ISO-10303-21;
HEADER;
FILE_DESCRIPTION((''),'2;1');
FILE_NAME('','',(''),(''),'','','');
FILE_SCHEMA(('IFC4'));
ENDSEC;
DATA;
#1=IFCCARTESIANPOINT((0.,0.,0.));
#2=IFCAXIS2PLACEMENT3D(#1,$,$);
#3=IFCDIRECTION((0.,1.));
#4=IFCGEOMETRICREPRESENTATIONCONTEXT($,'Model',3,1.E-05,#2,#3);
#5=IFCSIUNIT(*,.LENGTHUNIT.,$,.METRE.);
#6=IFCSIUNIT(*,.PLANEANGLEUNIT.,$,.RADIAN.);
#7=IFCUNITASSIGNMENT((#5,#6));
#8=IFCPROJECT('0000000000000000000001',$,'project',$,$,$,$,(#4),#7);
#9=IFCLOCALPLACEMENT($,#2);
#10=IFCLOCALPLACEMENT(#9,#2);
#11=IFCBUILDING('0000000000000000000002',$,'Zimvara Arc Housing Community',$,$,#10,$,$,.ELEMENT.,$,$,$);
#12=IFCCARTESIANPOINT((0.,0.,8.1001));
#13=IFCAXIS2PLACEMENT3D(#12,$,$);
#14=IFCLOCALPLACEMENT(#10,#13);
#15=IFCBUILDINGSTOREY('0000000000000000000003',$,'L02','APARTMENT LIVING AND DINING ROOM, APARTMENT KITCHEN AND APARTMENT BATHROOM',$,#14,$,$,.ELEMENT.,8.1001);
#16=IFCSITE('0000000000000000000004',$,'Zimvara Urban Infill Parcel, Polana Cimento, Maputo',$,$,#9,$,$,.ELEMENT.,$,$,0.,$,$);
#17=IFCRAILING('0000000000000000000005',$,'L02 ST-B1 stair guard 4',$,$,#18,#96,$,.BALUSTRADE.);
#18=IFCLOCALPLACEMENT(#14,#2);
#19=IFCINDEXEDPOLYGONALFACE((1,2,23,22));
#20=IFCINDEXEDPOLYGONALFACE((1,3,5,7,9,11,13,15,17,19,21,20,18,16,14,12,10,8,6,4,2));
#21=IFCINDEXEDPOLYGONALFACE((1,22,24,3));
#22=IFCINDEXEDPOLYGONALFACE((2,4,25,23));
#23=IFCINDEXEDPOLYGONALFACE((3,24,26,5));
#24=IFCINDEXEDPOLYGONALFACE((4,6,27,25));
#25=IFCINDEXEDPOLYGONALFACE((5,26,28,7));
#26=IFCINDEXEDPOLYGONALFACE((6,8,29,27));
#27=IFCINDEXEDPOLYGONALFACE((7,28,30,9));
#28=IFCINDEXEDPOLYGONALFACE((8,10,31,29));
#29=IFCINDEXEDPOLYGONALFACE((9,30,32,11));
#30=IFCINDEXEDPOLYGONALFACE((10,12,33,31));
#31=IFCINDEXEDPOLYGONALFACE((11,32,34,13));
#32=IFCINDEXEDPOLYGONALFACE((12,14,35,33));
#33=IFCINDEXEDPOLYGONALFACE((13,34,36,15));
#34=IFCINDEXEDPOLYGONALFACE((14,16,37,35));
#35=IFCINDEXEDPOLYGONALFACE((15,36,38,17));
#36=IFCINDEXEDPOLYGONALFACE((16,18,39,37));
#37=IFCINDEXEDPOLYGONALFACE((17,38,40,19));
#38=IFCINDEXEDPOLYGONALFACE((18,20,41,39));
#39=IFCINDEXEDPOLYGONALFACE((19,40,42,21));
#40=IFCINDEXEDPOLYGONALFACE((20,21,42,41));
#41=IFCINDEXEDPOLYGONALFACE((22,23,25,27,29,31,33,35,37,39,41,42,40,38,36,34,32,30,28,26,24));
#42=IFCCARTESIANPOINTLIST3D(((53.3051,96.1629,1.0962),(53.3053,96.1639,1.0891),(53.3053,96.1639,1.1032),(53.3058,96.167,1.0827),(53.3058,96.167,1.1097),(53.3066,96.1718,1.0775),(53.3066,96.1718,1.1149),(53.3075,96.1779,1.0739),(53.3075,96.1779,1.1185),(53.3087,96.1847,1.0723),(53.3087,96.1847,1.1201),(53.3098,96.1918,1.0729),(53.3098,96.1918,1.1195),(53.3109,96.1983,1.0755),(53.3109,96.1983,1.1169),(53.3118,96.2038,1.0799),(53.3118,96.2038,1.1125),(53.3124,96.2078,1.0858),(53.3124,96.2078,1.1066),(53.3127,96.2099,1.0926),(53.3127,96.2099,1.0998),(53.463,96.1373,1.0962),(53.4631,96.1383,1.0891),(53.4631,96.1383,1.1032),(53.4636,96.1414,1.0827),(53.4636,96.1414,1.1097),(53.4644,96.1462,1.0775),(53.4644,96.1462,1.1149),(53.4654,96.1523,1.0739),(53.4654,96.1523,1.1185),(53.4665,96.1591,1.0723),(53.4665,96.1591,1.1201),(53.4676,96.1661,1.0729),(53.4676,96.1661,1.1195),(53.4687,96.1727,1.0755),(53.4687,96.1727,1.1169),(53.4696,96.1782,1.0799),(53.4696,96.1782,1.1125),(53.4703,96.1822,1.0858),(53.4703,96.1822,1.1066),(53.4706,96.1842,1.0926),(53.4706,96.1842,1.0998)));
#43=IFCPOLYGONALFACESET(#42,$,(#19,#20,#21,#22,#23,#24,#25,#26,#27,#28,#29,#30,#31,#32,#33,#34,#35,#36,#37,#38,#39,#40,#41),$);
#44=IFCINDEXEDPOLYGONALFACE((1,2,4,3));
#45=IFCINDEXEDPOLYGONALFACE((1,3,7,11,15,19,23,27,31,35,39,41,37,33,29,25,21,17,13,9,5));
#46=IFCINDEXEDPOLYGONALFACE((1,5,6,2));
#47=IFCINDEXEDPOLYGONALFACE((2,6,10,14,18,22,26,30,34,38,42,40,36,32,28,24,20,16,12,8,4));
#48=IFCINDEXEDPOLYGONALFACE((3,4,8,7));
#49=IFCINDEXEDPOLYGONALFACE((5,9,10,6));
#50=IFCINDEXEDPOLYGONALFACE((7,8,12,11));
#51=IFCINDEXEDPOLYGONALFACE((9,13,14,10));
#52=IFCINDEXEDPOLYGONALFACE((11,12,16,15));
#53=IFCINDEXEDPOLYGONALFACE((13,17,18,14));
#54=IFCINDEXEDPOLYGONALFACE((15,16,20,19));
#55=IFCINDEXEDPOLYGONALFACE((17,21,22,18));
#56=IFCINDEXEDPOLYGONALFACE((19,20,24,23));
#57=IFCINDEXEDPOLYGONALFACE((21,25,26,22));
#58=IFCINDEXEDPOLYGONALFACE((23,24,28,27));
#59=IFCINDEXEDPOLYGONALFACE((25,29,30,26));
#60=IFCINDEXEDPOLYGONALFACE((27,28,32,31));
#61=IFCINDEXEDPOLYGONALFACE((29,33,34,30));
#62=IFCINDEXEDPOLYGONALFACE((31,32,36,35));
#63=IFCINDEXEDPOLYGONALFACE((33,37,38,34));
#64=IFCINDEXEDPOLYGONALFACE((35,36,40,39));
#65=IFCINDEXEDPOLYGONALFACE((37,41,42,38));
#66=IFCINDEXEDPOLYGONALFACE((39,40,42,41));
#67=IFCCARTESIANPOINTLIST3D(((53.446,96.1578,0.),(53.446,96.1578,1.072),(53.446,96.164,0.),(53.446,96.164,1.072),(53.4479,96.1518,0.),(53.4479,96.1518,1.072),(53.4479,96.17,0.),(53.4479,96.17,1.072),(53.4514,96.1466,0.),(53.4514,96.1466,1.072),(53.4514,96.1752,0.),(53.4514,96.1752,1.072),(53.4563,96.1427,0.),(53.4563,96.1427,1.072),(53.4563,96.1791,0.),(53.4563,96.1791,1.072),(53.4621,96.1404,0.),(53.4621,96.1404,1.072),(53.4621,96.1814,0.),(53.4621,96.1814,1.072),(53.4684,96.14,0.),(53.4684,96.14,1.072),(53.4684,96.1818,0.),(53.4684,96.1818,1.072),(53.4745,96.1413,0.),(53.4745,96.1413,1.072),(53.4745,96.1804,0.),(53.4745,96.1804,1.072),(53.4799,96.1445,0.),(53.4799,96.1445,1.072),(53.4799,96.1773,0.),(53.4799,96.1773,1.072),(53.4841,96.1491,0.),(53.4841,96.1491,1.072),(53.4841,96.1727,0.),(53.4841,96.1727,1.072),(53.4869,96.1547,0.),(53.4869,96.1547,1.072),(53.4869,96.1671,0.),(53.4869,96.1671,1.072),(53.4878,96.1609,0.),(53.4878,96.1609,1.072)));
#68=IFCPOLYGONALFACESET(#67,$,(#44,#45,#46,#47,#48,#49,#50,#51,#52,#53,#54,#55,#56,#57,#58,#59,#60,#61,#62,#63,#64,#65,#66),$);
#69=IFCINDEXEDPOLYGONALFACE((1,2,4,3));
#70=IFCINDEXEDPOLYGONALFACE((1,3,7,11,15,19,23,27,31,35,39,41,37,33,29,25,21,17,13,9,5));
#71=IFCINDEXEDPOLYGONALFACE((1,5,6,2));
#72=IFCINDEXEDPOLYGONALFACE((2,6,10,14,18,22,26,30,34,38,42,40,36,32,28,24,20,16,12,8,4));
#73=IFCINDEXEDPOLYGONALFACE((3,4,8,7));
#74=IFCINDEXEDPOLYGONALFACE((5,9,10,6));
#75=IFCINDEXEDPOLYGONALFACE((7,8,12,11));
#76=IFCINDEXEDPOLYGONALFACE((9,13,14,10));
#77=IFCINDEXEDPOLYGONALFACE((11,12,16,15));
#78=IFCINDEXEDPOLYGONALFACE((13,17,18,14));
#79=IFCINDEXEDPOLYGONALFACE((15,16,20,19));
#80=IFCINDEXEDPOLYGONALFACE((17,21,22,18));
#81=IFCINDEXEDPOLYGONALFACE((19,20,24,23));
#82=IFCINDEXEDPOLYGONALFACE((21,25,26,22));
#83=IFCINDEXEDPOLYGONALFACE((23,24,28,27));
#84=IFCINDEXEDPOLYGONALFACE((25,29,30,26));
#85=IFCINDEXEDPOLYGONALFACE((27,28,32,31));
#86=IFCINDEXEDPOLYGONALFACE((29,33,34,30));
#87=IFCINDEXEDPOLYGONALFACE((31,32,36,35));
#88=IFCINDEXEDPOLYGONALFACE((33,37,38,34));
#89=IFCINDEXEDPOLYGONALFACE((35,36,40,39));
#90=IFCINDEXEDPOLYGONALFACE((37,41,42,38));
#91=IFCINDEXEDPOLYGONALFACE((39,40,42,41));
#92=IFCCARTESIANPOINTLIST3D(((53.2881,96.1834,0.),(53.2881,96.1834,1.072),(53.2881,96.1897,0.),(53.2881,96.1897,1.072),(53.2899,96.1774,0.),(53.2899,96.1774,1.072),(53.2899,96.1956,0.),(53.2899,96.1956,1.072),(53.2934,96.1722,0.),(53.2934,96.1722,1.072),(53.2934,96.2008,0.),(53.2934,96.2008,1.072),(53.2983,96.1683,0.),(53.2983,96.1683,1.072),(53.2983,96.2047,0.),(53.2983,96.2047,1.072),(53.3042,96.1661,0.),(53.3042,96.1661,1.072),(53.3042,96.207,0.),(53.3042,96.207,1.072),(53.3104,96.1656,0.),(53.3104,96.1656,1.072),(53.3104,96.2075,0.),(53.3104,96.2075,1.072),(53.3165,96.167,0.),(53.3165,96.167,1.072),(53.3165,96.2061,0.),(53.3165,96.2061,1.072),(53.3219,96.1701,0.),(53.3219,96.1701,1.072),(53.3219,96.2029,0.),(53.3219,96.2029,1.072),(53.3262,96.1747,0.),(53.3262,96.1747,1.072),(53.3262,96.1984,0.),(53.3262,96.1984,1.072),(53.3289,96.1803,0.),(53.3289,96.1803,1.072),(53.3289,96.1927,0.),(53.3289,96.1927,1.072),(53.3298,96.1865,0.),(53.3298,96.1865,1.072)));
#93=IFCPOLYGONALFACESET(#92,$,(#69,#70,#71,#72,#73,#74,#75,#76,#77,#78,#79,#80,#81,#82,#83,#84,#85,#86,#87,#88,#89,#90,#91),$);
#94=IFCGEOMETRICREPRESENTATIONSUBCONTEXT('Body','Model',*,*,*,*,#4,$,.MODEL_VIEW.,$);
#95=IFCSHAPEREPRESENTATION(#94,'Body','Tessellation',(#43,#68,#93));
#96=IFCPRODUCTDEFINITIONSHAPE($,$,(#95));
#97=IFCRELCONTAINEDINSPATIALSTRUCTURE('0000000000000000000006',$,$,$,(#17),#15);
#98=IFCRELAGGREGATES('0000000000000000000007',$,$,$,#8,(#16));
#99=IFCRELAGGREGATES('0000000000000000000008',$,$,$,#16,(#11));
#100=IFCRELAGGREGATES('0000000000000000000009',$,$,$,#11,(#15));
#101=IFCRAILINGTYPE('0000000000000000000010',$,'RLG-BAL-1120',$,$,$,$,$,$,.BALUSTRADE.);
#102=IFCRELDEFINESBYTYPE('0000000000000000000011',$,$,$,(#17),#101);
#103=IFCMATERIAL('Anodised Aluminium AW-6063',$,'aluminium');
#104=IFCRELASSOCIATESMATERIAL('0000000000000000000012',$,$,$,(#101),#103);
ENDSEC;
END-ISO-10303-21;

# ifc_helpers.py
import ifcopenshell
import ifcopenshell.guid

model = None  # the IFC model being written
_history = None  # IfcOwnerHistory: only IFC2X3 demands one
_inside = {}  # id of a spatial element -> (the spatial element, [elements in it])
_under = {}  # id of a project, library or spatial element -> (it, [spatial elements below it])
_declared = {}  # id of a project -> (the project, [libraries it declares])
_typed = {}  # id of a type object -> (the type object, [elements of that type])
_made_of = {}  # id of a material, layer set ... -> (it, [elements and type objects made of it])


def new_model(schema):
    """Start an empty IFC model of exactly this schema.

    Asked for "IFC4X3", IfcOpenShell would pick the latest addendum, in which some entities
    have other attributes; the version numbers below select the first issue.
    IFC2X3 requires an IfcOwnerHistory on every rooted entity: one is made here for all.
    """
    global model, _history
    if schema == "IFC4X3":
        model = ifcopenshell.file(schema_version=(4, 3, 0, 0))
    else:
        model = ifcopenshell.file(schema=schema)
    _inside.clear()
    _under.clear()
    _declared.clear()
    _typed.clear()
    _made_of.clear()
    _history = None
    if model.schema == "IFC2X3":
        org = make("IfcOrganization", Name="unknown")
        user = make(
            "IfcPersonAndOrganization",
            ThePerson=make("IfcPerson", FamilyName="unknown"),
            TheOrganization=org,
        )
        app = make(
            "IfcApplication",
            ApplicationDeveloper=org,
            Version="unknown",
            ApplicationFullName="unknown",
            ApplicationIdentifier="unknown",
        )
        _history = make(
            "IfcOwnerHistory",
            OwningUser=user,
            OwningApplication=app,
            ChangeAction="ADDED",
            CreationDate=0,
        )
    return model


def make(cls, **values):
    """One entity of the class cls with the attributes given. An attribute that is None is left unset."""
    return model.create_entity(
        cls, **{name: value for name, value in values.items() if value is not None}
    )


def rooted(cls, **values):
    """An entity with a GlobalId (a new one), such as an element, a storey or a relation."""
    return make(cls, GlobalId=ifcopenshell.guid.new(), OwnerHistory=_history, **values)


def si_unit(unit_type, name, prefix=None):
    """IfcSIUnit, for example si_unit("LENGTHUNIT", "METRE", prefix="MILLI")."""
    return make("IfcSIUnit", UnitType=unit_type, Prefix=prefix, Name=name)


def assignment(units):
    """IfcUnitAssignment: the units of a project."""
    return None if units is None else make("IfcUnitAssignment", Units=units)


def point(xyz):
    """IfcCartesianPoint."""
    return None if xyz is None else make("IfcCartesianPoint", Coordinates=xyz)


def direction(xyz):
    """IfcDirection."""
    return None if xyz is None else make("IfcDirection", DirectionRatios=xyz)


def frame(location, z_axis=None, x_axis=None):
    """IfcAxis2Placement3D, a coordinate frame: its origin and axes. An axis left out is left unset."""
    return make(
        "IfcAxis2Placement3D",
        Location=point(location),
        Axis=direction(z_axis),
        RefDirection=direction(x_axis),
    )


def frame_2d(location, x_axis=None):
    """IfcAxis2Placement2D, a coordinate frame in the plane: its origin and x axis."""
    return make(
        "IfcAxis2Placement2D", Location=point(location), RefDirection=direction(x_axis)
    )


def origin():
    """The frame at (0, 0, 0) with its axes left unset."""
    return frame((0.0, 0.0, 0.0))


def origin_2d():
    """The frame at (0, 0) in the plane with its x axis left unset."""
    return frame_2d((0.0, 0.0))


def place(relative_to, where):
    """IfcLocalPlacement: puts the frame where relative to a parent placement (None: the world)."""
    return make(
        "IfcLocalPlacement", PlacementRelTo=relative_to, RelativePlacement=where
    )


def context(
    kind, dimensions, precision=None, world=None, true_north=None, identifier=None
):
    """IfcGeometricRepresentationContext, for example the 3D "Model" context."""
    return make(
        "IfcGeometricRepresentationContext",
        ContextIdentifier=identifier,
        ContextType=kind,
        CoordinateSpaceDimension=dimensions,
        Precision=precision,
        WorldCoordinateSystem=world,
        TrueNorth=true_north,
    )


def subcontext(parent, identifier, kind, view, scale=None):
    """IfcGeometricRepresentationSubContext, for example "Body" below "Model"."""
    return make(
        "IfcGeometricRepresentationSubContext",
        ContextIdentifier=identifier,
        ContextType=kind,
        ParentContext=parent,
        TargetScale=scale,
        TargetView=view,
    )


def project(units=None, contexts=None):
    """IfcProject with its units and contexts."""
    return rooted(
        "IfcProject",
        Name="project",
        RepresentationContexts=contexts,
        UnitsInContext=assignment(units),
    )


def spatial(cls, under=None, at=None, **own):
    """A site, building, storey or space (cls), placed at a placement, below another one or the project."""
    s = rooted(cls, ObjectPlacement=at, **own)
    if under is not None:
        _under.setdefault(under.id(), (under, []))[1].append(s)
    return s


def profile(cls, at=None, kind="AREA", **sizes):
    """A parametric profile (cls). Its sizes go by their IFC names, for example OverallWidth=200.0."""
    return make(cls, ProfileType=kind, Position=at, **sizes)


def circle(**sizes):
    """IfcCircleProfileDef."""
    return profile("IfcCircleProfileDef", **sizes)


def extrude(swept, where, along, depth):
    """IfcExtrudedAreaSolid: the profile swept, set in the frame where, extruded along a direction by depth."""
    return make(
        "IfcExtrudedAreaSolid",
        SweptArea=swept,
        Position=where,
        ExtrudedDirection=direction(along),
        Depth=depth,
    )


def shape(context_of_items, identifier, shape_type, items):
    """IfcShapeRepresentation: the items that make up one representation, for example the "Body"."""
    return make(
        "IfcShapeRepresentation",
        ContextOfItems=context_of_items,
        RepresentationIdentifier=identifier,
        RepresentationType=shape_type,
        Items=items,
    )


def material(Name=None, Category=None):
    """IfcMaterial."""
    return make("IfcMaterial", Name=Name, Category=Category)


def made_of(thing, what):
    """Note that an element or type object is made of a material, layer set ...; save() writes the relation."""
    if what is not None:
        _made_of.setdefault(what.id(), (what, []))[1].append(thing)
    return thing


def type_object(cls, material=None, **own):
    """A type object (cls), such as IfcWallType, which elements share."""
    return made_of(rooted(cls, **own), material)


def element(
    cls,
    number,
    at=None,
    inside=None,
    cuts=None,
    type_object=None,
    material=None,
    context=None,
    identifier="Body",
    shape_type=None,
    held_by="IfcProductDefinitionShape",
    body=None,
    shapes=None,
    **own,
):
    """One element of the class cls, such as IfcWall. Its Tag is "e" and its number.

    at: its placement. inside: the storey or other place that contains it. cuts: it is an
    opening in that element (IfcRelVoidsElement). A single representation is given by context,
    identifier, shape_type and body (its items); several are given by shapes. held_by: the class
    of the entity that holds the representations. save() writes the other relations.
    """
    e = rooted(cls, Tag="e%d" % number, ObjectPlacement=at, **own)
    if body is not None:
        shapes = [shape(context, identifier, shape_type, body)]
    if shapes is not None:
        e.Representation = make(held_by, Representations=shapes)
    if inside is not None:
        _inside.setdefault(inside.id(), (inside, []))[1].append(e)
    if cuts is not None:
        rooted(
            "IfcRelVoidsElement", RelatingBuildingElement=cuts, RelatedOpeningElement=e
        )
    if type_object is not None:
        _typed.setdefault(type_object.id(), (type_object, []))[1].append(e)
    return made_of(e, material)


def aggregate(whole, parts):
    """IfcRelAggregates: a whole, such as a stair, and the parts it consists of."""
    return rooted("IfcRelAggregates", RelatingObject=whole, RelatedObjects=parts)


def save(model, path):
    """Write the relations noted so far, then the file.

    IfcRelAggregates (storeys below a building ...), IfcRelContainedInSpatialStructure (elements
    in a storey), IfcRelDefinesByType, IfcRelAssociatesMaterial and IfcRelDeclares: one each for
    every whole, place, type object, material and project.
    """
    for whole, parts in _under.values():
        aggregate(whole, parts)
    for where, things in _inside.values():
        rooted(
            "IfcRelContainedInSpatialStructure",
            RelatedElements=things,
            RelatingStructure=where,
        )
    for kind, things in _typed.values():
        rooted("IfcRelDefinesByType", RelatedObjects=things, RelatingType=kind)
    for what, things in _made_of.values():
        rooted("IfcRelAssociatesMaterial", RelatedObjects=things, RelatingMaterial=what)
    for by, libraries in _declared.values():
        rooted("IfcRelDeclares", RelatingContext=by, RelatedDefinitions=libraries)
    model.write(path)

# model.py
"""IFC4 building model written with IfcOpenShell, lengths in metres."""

from ifc_helpers import new_model, si_unit, direction, frame, origin, origin_2d, place, context, subcontext, project, spatial, circle, extrude, material, type_object, element, save


model = new_model("IFC4")

# Units and contexts
model_context = context("Model", 3, precision=1e-05, world=origin(), true_north=direction((0.0, 1.0)))
body_context = subcontext(model_context, "Body", "Model", "MODEL_VIEW")
ifc_project = project(units=[si_unit("LENGTHUNIT", "METRE"), si_unit("PLANEANGLEUNIT", "RADIAN")], contexts=[model_context])

# Site, building, storey
site_placement = place(None, origin())
site = spatial("IfcSite", under=ifc_project, at=site_placement, Name="Zimvara Urban Infill Parcel, Polana Cimento, Maputo", CompositionType="ELEMENT", RefElevation=0.0)
building_placement = place(site_placement, origin())
building = spatial("IfcBuilding", under=site, at=building_placement, Name="Zimvara Arc Housing Community", CompositionType="ELEMENT")
storey_placement = place(building_placement, frame((0.0, 0.0, 8.1001)))
storey = spatial("IfcBuildingStorey", under=building, at=storey_placement, Name="L02", Description="APARTMENT LIVING AND DINING ROOM, APARTMENT KITCHEN AND APARTMENT BATHROOM", CompositionType="ELEMENT", Elevation=8.1001)

# Railing
ifc_material_1 = material(Name="Anodised Aluminium AW-6063", Category="aluminium")
railing_type_1 = type_object("IfcRailingType", Name="RLG-BAL-1120", PredefinedType="BALUSTRADE", material=ifc_material_1)
railing_1_placement = place(storey_placement, frame((53.4668, 96.1609, 0.0)))
element("IfcRailing", 1, at=railing_1_placement, inside=storey, type_object=railing_type_1, Name="L02 ST-B1 stair guard 4", PredefinedType="BALUSTRADE", context=body_context, shape_type="SweptSolid", body=[
    extrude(circle(Radius=0.0239, at=origin_2d()), frame((0.0, 0.0, 1.0962), z_axis=(-0.987086, 0.160192, 0.0), x_axis=(-0.160192, -0.987086, 0.0)), (0.0, 0.0, 1.0), 0.1599),
    extrude(circle(Radius=0.021, at=origin_2d()), origin(), (0.0, 0.0, 1.0), 1.072),
    extrude(circle(Radius=0.021, at=origin_2d()), frame((-0.158, 0.0256, 0.0)), (0.0, 0.0, 1.0), 1.072),
])

save(model, "model.ifc")
